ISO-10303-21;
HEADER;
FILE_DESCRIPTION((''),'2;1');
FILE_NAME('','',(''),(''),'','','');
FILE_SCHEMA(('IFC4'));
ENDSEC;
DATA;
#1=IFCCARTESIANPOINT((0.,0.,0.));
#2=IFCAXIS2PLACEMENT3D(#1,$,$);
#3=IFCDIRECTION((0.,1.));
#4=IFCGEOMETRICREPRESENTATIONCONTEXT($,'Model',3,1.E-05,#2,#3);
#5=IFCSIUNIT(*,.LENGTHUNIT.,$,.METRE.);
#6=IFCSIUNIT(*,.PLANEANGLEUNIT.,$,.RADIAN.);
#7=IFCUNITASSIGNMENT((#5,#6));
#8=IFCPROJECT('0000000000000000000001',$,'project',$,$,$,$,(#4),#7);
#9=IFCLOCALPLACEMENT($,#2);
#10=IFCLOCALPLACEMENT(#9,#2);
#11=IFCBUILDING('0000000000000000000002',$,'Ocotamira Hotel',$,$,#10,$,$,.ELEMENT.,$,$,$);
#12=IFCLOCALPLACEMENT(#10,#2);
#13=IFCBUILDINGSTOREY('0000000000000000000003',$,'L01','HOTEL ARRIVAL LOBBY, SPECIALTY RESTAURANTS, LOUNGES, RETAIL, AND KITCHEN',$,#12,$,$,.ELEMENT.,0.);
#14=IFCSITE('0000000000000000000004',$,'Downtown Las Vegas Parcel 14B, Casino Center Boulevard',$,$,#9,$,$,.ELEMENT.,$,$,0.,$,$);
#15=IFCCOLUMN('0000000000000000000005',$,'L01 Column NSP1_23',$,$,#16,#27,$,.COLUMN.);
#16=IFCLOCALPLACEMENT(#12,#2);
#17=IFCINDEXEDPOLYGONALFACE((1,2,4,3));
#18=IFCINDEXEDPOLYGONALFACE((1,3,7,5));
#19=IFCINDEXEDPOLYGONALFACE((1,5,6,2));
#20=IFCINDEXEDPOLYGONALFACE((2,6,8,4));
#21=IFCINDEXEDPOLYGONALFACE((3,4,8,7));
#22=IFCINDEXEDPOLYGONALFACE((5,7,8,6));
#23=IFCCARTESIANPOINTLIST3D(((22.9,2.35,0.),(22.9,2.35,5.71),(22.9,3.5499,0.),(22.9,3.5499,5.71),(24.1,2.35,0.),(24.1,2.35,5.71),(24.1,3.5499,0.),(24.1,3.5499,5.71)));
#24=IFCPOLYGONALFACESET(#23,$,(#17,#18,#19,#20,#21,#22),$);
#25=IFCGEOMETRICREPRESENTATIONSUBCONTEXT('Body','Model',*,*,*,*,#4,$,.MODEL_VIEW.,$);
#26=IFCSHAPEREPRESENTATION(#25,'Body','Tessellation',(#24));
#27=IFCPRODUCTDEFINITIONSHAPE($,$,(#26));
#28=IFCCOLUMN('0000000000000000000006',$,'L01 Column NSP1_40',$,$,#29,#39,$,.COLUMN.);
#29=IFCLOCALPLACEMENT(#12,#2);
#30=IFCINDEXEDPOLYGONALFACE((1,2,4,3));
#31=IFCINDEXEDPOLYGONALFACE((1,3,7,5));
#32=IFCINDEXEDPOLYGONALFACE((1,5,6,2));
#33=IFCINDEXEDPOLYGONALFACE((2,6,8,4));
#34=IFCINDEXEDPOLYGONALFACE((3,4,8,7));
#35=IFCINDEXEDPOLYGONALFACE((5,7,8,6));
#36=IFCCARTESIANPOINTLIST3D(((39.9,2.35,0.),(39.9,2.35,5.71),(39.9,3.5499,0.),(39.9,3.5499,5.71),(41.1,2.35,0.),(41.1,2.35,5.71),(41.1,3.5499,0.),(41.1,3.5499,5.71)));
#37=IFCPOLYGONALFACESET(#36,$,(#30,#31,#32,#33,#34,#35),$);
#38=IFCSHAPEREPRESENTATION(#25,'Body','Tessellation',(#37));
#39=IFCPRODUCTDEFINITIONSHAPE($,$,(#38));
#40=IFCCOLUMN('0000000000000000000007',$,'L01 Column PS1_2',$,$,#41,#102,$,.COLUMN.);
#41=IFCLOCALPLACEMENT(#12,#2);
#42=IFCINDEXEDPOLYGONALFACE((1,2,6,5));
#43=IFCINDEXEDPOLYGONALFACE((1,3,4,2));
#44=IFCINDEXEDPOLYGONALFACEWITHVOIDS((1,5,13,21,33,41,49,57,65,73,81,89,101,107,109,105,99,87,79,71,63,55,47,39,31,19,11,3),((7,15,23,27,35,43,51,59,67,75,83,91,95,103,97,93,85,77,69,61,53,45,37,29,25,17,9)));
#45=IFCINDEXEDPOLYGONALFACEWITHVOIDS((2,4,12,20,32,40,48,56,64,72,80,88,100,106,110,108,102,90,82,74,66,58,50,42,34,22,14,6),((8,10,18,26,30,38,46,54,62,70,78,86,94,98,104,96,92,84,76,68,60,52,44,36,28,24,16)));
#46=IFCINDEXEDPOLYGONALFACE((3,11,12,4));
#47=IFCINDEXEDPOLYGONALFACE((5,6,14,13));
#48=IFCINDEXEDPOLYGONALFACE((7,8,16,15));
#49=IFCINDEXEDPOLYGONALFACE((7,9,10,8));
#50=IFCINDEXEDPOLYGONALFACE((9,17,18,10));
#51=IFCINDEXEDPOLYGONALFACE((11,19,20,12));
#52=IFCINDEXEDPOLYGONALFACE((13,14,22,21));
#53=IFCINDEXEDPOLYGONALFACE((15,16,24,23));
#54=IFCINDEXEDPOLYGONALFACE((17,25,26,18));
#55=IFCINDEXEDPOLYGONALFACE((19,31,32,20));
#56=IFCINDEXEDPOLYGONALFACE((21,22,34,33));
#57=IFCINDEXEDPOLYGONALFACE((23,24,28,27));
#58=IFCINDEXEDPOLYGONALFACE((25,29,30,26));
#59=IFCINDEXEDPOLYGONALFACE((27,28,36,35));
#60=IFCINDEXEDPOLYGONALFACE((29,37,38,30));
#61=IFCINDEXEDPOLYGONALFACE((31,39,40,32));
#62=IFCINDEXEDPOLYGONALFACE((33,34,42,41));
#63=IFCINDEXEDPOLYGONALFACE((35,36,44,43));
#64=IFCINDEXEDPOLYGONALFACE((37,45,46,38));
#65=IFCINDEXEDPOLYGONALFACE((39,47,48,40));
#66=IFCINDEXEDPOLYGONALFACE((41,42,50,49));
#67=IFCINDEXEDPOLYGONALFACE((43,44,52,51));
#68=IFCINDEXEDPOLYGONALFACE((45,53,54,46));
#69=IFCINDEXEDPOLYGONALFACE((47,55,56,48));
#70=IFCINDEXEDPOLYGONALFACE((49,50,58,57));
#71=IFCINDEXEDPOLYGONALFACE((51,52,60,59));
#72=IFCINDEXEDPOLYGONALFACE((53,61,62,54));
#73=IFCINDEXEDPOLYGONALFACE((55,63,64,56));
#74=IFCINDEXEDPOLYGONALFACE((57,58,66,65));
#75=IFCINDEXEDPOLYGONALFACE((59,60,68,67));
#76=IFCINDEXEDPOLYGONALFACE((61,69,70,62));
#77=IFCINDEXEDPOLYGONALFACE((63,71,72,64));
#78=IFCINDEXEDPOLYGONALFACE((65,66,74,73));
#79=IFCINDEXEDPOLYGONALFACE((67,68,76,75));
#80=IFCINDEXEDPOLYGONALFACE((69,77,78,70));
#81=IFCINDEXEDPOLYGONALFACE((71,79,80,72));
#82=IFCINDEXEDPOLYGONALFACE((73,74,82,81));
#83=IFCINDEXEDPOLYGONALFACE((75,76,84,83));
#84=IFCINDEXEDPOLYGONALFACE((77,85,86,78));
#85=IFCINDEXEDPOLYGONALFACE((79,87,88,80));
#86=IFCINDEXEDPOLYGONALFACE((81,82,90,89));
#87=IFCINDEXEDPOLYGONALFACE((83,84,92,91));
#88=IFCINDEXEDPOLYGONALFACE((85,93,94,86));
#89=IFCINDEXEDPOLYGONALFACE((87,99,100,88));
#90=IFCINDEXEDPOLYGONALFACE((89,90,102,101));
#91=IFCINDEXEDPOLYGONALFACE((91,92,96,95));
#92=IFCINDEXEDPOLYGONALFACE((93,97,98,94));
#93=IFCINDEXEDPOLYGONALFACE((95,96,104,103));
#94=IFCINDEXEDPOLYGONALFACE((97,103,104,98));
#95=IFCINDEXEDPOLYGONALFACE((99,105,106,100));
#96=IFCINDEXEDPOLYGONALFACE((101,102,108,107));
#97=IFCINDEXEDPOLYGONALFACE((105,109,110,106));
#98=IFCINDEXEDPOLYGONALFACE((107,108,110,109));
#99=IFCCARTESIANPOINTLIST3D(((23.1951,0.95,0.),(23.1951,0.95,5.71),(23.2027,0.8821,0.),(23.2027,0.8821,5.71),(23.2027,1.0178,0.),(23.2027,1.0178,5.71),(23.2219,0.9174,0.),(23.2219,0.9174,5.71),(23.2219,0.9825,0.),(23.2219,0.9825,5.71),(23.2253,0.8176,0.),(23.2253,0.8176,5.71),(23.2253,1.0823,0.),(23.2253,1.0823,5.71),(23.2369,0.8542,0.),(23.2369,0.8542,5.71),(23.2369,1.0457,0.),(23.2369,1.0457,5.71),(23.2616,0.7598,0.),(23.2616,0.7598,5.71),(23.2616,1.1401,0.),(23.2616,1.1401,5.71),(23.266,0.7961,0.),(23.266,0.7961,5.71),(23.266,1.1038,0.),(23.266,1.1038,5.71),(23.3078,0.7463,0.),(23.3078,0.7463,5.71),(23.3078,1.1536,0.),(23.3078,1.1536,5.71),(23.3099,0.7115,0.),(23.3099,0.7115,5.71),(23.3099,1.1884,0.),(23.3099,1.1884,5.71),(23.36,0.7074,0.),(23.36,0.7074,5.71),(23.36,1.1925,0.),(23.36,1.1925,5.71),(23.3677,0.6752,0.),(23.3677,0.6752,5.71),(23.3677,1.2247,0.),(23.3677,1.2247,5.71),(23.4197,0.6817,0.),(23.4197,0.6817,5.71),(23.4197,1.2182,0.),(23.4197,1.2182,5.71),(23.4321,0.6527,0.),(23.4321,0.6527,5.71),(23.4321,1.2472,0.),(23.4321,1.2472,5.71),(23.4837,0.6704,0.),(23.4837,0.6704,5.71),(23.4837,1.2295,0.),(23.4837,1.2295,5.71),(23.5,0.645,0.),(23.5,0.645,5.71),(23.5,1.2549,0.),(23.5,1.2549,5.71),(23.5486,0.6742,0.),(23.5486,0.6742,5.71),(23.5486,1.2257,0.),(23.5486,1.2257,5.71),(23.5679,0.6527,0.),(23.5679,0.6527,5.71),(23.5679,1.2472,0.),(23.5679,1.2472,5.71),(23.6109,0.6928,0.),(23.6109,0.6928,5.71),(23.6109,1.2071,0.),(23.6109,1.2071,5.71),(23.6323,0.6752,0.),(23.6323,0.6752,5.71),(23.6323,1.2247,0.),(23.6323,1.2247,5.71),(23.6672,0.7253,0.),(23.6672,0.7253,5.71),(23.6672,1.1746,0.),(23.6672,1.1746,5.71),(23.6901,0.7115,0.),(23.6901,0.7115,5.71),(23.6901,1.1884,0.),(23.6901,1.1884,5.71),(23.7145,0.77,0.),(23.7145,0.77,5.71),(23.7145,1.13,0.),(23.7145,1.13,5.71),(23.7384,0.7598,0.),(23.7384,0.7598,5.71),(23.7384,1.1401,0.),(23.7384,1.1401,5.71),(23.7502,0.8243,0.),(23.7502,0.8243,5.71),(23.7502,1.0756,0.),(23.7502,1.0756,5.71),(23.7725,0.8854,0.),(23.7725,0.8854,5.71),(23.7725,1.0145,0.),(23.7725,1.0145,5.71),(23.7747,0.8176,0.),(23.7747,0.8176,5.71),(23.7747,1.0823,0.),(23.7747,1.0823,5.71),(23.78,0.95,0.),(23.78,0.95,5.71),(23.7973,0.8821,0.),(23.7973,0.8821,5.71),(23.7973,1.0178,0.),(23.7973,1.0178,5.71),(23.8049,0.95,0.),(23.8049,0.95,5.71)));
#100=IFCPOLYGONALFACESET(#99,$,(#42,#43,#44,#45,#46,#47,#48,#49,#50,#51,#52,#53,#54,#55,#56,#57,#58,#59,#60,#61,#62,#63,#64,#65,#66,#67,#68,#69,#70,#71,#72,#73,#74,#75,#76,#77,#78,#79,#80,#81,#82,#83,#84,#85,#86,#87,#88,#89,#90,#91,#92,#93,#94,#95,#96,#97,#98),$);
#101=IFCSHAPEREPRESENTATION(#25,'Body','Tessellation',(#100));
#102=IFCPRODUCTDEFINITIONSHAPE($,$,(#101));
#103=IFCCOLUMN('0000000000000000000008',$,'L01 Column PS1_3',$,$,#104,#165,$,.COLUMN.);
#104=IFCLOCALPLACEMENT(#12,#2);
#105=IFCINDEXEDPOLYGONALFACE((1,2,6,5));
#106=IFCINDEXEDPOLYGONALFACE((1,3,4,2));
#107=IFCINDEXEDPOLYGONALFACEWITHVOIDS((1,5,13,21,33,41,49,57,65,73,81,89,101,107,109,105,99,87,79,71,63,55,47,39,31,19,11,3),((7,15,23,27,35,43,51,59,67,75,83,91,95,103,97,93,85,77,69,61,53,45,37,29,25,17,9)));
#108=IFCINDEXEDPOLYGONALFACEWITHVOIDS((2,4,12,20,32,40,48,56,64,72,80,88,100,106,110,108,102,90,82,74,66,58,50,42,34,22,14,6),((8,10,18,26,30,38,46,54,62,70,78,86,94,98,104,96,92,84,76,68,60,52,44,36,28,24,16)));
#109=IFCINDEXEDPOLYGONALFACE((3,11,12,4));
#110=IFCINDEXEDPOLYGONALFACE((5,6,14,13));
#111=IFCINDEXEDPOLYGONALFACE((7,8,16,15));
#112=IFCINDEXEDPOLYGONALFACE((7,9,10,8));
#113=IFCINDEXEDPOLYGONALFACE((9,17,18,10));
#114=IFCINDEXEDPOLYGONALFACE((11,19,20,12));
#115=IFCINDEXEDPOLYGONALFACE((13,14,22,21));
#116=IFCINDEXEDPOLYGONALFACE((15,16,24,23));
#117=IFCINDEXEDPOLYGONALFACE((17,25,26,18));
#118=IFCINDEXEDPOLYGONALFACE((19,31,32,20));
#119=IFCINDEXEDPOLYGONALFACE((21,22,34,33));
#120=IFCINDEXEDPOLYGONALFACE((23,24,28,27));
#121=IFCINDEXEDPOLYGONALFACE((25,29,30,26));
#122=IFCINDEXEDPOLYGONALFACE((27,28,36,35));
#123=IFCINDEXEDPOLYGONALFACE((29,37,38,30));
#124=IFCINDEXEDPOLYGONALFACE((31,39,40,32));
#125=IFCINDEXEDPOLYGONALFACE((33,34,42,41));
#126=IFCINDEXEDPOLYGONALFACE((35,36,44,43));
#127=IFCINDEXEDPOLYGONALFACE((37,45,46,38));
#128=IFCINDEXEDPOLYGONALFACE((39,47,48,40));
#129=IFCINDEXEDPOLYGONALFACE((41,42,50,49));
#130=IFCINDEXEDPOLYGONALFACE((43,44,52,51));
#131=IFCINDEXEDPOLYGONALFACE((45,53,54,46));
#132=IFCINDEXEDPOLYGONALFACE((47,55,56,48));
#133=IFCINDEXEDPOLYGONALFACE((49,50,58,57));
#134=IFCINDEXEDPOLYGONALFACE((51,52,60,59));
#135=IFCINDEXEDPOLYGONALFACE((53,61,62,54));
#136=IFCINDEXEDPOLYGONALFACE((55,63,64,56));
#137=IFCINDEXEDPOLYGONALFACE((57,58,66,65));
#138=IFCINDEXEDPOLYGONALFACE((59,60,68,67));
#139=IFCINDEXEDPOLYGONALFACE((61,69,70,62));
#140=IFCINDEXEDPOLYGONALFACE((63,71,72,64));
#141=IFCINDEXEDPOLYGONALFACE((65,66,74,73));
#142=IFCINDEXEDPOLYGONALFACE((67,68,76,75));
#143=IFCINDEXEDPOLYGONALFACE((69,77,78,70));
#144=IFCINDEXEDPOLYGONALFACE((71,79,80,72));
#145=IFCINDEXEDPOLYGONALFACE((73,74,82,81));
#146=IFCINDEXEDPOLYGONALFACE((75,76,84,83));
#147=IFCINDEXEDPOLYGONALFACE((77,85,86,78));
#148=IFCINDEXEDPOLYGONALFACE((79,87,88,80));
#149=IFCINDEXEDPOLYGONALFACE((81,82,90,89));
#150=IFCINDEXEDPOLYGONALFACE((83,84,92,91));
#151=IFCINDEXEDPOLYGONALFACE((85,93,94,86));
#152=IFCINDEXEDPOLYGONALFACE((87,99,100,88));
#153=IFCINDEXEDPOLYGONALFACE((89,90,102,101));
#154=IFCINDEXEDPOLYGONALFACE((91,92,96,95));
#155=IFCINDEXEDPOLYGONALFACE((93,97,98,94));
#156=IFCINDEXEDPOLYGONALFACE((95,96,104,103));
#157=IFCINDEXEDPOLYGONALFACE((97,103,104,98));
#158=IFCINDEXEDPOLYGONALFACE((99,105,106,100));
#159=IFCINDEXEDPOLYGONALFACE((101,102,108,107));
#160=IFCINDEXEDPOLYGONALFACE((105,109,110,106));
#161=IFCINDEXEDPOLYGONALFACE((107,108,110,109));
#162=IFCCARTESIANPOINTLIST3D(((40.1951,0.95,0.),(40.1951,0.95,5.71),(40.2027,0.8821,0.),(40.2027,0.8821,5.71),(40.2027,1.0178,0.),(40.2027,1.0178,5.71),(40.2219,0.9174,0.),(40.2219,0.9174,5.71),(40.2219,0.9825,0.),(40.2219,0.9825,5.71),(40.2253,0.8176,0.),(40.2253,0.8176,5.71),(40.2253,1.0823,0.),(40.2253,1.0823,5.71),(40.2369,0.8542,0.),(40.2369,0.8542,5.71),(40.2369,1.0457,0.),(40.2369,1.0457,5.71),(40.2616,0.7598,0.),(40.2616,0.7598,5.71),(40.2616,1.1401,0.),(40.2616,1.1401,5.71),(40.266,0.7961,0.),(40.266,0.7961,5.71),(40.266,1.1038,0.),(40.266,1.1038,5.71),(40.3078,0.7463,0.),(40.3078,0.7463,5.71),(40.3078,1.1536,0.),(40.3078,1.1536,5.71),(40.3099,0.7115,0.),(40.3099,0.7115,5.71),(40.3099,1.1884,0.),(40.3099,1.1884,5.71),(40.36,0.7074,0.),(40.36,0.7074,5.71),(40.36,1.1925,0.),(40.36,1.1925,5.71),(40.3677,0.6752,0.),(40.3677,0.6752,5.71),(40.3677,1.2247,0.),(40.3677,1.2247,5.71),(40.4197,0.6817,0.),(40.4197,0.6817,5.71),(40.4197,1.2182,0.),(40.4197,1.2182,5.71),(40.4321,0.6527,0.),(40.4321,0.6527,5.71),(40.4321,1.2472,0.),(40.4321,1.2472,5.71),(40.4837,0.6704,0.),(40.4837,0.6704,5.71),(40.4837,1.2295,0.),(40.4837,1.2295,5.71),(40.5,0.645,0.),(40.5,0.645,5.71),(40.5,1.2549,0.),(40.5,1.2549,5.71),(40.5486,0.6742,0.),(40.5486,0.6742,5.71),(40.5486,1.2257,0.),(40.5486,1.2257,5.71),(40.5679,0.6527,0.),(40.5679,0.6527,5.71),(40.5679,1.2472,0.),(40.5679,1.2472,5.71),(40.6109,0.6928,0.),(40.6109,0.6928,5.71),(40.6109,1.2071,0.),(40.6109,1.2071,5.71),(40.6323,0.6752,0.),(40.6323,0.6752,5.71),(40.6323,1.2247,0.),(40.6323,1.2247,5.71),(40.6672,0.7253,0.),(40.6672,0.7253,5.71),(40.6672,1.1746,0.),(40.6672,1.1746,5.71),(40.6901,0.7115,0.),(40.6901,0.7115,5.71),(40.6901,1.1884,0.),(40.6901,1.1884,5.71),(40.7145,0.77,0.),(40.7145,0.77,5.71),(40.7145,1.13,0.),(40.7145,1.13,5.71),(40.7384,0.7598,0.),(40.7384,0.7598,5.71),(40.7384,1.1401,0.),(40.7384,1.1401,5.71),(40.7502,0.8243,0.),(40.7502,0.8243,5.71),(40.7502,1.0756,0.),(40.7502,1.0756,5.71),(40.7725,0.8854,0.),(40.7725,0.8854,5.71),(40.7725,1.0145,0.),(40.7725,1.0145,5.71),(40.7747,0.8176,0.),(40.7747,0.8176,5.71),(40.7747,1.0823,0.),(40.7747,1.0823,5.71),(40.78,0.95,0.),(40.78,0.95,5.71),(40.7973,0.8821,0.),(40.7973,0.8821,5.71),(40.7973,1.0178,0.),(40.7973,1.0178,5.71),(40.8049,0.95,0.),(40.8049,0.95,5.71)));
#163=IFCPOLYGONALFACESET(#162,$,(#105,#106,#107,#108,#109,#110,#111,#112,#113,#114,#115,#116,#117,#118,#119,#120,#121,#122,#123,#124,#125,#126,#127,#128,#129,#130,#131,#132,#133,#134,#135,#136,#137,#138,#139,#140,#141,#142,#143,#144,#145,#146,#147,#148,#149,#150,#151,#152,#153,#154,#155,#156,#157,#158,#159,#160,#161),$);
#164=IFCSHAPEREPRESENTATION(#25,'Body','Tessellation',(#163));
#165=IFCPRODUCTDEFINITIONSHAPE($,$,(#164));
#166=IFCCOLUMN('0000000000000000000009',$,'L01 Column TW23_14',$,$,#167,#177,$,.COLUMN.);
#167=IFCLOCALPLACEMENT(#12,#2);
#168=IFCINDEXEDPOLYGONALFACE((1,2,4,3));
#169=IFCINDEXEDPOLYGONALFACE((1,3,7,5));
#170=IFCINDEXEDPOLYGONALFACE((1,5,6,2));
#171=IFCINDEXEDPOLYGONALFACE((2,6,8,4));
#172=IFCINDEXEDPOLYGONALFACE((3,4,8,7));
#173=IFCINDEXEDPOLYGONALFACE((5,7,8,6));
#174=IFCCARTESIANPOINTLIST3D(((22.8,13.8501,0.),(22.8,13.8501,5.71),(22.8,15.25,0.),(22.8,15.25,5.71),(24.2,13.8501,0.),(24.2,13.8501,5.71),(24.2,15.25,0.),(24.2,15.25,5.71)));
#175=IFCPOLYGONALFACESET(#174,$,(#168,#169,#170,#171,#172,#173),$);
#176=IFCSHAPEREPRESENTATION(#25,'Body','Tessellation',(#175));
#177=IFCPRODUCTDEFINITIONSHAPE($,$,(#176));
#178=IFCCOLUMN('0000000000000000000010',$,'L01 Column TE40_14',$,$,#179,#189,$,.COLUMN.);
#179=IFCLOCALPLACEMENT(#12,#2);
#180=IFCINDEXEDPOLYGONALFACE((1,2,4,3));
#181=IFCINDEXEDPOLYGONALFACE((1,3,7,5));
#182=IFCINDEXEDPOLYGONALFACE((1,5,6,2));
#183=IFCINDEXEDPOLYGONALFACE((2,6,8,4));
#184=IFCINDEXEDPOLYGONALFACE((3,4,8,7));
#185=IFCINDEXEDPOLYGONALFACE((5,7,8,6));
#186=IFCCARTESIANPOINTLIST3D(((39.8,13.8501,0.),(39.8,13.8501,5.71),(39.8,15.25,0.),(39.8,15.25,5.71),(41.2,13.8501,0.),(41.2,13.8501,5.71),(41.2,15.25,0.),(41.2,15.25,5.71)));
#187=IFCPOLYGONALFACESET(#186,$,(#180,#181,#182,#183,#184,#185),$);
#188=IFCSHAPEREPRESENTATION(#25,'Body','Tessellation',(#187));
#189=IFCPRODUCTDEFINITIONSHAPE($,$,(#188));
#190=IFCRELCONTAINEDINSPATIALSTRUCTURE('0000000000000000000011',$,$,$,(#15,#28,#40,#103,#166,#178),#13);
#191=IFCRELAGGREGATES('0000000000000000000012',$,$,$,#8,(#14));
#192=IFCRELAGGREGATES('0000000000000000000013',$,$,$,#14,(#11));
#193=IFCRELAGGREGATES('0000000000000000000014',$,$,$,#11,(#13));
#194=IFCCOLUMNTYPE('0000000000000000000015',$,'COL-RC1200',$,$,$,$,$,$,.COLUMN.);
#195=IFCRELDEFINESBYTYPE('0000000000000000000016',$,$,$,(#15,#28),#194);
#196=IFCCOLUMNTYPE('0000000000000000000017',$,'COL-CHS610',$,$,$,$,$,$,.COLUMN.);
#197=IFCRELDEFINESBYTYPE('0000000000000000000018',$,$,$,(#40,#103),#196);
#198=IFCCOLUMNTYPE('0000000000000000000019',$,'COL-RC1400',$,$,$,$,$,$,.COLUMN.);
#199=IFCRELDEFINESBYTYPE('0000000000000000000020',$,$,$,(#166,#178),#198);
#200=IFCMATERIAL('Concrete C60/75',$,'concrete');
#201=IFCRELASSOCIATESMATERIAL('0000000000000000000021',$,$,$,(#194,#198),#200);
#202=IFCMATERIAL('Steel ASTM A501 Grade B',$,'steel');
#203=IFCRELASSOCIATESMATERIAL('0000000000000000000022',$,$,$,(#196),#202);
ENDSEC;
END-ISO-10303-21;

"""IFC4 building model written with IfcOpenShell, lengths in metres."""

from ifc_helpers import new_model, si_unit, direction, frame, origin, origin_2d, place, context, subcontext, project, spatial, rectangle, hollow_circle, extrude, source, transform, mapped, material, material_profile, profile_set, type_object, element, save


model = new_model("IFC4")

# Units and contexts
model_context = context("Model", 3, precision=1e-05, world=origin(), true_north=direction((0.0, 1.0)))
body_context = subcontext(model_context, "Body", "Model", "MODEL_VIEW")
ifc_project = project(units=[si_unit("LENGTHUNIT", "METRE"), si_unit("PLANEANGLEUNIT", "RADIAN")], contexts=[model_context])

# Site, building, storey
site_placement = place(None, origin())
site = spatial("IfcSite", under=ifc_project, at=site_placement, Name="Downtown Las Vegas Parcel 14B, Casino Center Boulevard", CompositionType="ELEMENT", RefElevation=0.0)
building_placement = place(site_placement, origin())
building = spatial("IfcBuilding", under=site, at=building_placement, Name="Ocotamira Hotel", CompositionType="ELEMENT")
storey_placement = place(building_placement, origin())
storey = spatial("IfcBuildingStorey", under=building, at=storey_placement, Name="L01", Description="HOTEL ARRIVAL LOBBY, SPECIALTY RESTAURANTS, LOUNGES, RETAIL, AND KITCHEN", CompositionType="ELEMENT", Elevation=0.0)

# Columns
ifc_material_1 = material(Name="Concrete C60/75", Category="concrete")
ifc_material_profile_1 = material_profile(ifc_material_1, rectangle(XDim=1.2, YDim=1.2, at=origin_2d()), Name="RC1200X1200")
ifc_profile_set_1 = profile_set([ifc_material_profile_1], Name="Concrete C60/75")
column_type_1 = type_object("IfcColumnType", Name="COL-RC1200", PredefinedType="COLUMN", material=ifc_profile_set_1)
shared_shape_1 = source(origin(), body_context, "Body", "SweptSolid", [
    extrude(rectangle(XDim=1.2, YDim=1.2, at=origin_2d()), origin(), (0.0, 0.0, 1.0), 5.71),
])
for number, where, z_axis, x_axis, name in (
    (1, (23.5, 2.95, 0.0), (0.0, 0.0, 1.0), (1.0, 0.0, 0.0), "L01 Column NSP1_23"),
    (2, (40.5, 2.95, 0.0), (0.0, 0.0, 1.0), (1.0, 0.0, 0.0), "L01 Column NSP1_40"),
):
    element("IfcColumn", number, at=place(storey_placement, frame(where, z_axis=z_axis, x_axis=x_axis)), inside=storey, type_object=column_type_1, Name=name, PredefinedType="COLUMN", context=body_context, shape_type="MappedRepresentation", body=[
        mapped(shared_shape_1, transform((0.0, 0.0, 0.0), scale=1.0)),
    ])
ifc_material_2 = material(Name="Steel ASTM A501 Grade B", Category="steel")
ifc_material_profile_2 = material_profile(ifc_material_2, hollow_circle(Radius=0.3049, WallThickness=0.0249, at=origin_2d()), Name="CHS610X25")
ifc_profile_set_2 = profile_set([ifc_material_profile_2], Name="Steel ASTM A501 Grade B")
column_type_2 = type_object("IfcColumnType", Name="COL-CHS610", PredefinedType="COLUMN", material=ifc_profile_set_2)
shared_shape_2 = source(origin(), body_context, "Body", "SweptSolid", [
    extrude(hollow_circle(Radius=0.3049, WallThickness=0.0249, at=origin_2d()), origin(), (0.0, 0.0, 1.0), 5.71),
])
for number, where, z_axis, x_axis, name in (
    (3, (23.5, 0.95, 0.0), (0.0, 0.0, 1.0), (1.0, 0.0, 0.0), "L01 Column PS1_2"),
    (4, (40.5, 0.95, 0.0), (0.0, 0.0, 1.0), (1.0, 0.0, 0.0), "L01 Column PS1_3"),
):
    element("IfcColumn", number, at=place(storey_placement, frame(where, z_axis=z_axis, x_axis=x_axis)), inside=storey, type_object=column_type_2, Name=name, PredefinedType="COLUMN", context=body_context, shape_type="MappedRepresentation", body=[
        mapped(shared_shape_2, transform((0.0, 0.0, 0.0), scale=1.0)),
    ])
ifc_material_profile_3 = material_profile(ifc_material_1, rectangle(XDim=1.3999, YDim=1.3999, at=origin_2d()), Name="RC1400X1400")
ifc_profile_set_3 = profile_set([ifc_material_profile_3], Name="Concrete C60/75")
column_type_3 = type_object("IfcColumnType", Name="COL-RC1400", PredefinedType="COLUMN", material=ifc_profile_set_3)
shared_shape_3 = source(origin(), body_context, "Body", "SweptSolid", [
    extrude(rectangle(XDim=1.3999, YDim=1.3999, at=origin_2d()), origin(), (0.0, 0.0, 1.0), 5.71),
])
for number, where, z_axis, x_axis, name in (
    (5, (23.5, 14.55, 0.0), (0.0, 0.0, 1.0), (1.0, 0.0, 0.0), "L01 Column TW23_14"),
    (6, (40.5, 14.55, 0.0), (0.0, 0.0, 1.0), (1.0, 0.0, 0.0), "L01 Column TE40_14"),
):
    element("IfcColumn", number, at=place(storey_placement, frame(where, z_axis=z_axis, x_axis=x_axis)), inside=storey, type_object=column_type_3, Name=name, PredefinedType="COLUMN", context=body_context, shape_type="MappedRepresentation", body=[
        mapped(shared_shape_3, transform((0.0, 0.0, 0.0), scale=1.0)),
    ])

save(model, "model.ifc")
